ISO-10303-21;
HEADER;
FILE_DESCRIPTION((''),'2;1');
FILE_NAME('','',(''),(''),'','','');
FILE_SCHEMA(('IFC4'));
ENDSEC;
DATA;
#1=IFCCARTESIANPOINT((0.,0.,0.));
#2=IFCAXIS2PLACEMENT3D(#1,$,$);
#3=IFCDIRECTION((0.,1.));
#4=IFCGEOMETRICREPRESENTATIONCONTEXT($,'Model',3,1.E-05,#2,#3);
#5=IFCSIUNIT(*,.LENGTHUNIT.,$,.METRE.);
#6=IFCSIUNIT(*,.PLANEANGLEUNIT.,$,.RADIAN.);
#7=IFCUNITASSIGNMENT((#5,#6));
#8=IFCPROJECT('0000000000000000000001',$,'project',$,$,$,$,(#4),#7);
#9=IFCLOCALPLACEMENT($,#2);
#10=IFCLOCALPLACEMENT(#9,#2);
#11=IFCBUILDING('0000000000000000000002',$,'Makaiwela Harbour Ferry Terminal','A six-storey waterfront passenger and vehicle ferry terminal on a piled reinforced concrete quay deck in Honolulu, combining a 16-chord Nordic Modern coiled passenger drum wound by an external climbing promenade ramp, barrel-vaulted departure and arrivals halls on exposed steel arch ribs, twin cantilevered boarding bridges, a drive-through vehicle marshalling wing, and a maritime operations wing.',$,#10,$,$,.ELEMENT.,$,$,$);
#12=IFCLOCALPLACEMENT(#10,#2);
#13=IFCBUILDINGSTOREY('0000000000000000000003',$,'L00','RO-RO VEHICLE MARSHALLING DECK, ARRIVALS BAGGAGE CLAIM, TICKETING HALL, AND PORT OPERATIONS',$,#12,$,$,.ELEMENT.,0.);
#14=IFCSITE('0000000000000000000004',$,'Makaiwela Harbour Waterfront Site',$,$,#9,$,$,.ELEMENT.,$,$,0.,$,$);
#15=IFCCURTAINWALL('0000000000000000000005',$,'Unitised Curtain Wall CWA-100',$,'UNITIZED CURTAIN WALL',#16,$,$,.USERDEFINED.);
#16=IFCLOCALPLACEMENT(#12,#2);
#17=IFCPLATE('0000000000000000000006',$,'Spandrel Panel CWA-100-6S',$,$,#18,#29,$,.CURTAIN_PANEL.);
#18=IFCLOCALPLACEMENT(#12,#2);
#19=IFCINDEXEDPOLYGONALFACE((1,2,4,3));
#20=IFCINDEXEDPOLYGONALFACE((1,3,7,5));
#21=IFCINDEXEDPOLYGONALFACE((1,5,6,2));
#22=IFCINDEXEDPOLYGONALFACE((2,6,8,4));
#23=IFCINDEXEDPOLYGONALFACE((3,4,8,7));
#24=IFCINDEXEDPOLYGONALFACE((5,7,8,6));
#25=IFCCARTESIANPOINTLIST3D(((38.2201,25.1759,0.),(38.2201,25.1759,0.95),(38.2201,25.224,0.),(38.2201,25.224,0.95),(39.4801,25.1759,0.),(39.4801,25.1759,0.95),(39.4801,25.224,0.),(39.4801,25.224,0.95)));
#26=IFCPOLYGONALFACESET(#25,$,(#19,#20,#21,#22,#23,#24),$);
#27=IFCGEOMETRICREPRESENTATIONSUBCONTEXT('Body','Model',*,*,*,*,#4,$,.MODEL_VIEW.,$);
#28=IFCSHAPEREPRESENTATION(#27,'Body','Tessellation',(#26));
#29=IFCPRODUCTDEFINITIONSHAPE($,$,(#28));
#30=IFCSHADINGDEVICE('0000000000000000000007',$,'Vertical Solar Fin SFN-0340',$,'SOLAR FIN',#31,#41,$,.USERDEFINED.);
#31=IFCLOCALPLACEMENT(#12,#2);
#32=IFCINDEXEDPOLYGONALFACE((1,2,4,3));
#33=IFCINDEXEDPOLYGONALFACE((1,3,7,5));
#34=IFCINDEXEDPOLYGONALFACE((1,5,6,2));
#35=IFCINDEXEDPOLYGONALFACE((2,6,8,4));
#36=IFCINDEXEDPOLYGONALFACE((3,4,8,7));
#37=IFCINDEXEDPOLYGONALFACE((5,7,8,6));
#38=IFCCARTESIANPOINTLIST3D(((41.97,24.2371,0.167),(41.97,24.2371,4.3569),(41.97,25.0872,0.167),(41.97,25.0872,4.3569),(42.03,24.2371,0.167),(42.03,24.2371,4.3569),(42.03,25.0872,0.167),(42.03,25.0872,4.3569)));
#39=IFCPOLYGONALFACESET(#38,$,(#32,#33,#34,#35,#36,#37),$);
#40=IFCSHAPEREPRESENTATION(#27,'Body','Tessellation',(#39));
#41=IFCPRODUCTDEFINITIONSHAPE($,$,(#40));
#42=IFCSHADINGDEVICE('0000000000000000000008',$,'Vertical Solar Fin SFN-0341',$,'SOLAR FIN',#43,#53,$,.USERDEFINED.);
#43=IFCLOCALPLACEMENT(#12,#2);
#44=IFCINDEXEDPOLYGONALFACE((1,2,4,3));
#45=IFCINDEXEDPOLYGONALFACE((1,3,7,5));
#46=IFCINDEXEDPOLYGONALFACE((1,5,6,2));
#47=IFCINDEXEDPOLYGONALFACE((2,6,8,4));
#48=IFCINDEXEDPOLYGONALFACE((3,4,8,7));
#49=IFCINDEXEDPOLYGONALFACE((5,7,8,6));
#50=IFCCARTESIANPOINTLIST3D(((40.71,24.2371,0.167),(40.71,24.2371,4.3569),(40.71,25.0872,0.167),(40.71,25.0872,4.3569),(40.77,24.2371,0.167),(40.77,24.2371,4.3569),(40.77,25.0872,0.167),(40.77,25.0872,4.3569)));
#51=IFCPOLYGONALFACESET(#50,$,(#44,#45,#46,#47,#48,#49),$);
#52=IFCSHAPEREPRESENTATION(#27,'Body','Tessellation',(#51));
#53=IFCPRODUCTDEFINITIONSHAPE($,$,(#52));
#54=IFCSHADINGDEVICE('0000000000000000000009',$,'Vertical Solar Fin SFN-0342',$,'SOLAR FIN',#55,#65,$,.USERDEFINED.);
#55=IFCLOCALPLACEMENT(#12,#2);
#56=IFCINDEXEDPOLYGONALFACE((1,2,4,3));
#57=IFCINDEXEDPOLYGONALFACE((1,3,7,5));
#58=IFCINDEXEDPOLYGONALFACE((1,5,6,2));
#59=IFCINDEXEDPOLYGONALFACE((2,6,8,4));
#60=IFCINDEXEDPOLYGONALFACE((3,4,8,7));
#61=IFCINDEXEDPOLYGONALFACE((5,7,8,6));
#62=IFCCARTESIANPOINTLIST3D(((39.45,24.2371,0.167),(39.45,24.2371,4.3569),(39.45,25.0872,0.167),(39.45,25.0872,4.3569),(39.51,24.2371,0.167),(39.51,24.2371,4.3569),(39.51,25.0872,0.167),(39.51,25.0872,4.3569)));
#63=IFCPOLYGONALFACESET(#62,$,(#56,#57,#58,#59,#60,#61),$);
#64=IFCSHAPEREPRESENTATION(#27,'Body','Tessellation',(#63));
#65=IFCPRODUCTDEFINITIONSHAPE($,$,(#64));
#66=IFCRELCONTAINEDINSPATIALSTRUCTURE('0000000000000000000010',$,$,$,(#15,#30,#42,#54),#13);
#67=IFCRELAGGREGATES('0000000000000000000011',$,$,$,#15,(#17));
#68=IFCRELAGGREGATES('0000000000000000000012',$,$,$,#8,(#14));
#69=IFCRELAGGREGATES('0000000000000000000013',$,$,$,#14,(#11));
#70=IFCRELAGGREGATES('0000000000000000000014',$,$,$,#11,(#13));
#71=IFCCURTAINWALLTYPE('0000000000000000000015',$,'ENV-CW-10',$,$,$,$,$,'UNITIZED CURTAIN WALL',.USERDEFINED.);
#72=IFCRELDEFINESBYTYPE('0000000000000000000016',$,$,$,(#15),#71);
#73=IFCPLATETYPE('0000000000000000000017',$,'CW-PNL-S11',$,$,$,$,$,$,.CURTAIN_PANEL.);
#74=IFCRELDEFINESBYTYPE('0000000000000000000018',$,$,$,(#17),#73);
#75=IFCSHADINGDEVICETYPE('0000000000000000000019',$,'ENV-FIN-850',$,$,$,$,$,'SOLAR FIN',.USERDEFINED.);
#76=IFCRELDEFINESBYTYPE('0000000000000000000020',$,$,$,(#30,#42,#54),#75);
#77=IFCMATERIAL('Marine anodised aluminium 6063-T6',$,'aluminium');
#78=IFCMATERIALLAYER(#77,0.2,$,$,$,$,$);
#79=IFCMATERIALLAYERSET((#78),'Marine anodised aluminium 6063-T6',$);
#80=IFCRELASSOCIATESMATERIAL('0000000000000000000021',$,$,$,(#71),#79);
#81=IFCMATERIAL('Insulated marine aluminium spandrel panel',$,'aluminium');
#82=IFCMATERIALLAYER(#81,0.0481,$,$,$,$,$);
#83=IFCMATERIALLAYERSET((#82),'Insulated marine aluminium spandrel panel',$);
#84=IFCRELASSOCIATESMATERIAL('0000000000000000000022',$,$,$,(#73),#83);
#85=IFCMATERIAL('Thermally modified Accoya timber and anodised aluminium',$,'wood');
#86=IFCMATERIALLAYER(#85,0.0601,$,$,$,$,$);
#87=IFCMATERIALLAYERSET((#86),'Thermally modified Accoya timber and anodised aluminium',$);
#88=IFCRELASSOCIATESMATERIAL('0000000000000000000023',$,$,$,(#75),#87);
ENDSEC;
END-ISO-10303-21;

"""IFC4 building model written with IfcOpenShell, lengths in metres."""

from ifc_helpers import new_model, si_unit, direction, frame, origin, origin_2d, place, context, subcontext, project, spatial, rectangle, extrude, material, layer, layer_set, type_object, element, aggregate, save


model = new_model("IFC4")

# Units and contexts
model_context = context("Model", 3, precision=1e-05, world=origin(), true_north=direction((0.0, 1.0)))
body_context = subcontext(model_context, "Body", "Model", "MODEL_VIEW")
ifc_project = project(units=[si_unit("LENGTHUNIT", "METRE"), si_unit("PLANEANGLEUNIT", "RADIAN")], contexts=[model_context])

# Site, building, storey
site_placement = place(None, origin())
site = spatial("IfcSite", under=ifc_project, at=site_placement, Name="Makaiwela Harbour Waterfront Site", CompositionType="ELEMENT", RefElevation=0.0)
building_placement = place(site_placement, origin())
building = spatial("IfcBuilding", under=site, at=building_placement, Name="Makaiwela Harbour Ferry Terminal", Description="A six-storey waterfront passenger and vehicle ferry terminal on a piled reinforced concrete quay deck in Honolulu, combining a 16-chord Nordic Modern coiled passenger drum wound by an external climbing promenade ramp, barrel-vaulted departure and arrivals halls on exposed steel arch ribs, twin cantilevered boarding bridges, a drive-through vehicle marshalling wing, and a maritime operations wing.", CompositionType="ELEMENT")
storey_placement = place(building_placement, origin())
storey = spatial("IfcBuildingStorey", under=building, at=storey_placement, Name="L00", Description="RO-RO VEHICLE MARSHALLING DECK, ARRIVALS BAGGAGE CLAIM, TICKETING HALL, AND PORT OPERATIONS", CompositionType="ELEMENT", Elevation=0.0)

# Curtain wall
ifc_material_1 = material(Name="Marine anodised aluminium 6063-T6", Category="aluminium")
ifc_layer_1 = layer(ifc_material_1, 0.2)
ifc_layer_set_1 = layer_set([ifc_layer_1], Name="Marine anodised aluminium 6063-T6")
curtain_wall_type = type_object("IfcCurtainWallType", Name="ENV-CW-10", ElementType="UNITIZED CURTAIN WALL", PredefinedType="USERDEFINED", material=ifc_layer_set_1)
curtain_wall_1_placement = place(storey_placement, origin())
curtain_wall_1 = element("IfcCurtainWall", 1, at=curtain_wall_1_placement, inside=storey, type_object=curtain_wall_type, Name="Unitised Curtain Wall CWA-100", ObjectType="UNITIZED CURTAIN WALL", PredefinedType="USERDEFINED")

# Plate
ifc_material_2 = material(Name="Insulated marine aluminium spandrel panel", Category="aluminium")
ifc_layer_2 = layer(ifc_material_2, 0.0481)
ifc_layer_set_2 = layer_set([ifc_layer_2], Name="Insulated marine aluminium spandrel panel")
plate_type_1 = type_object("IfcPlateType", Name="CW-PNL-S11", PredefinedType="CURTAIN_PANEL", material=ifc_layer_set_2)
plate_1_placement = place(storey_placement, frame((38.8501, 25.2, 0.0), z_axis=(0.0, 0.0, 1.0), x_axis=(-1.0, 0.0, 0.0)))
plate_1 = element("IfcPlate", 2, at=plate_1_placement, type_object=plate_type_1, Name="Spandrel Panel CWA-100-6S", PredefinedType="CURTAIN_PANEL", context=body_context, shape_type="SweptSolid", body=[
    extrude(rectangle(XDim=1.26, YDim=0.0481, at=origin_2d()), origin(), (0.0, 0.0, 1.0), 0.95),
])
aggregate(curtain_wall_1, [plate_1])

# Shading devices
ifc_material_3 = material(Name="Thermally modified Accoya timber and anodised aluminium", Category="wood")
ifc_layer_3 = layer(ifc_material_3, 0.0601)
ifc_layer_set_3 = layer_set([ifc_layer_3], Name="Thermally modified Accoya timber and anodised aluminium")
shading_device_type = type_object("IfcShadingDeviceType", Name="ENV-FIN-850", ElementType="SOLAR FIN", PredefinedType="USERDEFINED", material=ifc_layer_set_3)
for number, where, z_axis, x_axis, name in (
    (3, (42.0, 24.6621, 0.167), (0.0, 0.0, 1.0), (0.0, -1.0, 0.0), "Vertical Solar Fin SFN-0340"),
    (4, (40.74, 24.6621, 0.167), (0.0, 0.0, 1.0), (0.0, -1.0, 0.0), "Vertical Solar Fin SFN-0341"),
    (5, (39.48, 24.6621, 0.167), (0.0, 0.0, 1.0), (0.0, -1.0, 0.0), "Vertical Solar Fin SFN-0342"),
):
    element("IfcShadingDevice", number, at=place(storey_placement, frame(where, z_axis=z_axis, x_axis=x_axis)), inside=storey, type_object=shading_device_type, Name=name, ObjectType="SOLAR FIN", PredefinedType="USERDEFINED", context=body_context, shape_type="SweptSolid", body=[
        extrude(rectangle(XDim=0.8501, YDim=0.0601, at=origin_2d()), origin(), (0.0, 0.0, 1.0), 4.1899),
    ])

save(model, "model.ifc")
